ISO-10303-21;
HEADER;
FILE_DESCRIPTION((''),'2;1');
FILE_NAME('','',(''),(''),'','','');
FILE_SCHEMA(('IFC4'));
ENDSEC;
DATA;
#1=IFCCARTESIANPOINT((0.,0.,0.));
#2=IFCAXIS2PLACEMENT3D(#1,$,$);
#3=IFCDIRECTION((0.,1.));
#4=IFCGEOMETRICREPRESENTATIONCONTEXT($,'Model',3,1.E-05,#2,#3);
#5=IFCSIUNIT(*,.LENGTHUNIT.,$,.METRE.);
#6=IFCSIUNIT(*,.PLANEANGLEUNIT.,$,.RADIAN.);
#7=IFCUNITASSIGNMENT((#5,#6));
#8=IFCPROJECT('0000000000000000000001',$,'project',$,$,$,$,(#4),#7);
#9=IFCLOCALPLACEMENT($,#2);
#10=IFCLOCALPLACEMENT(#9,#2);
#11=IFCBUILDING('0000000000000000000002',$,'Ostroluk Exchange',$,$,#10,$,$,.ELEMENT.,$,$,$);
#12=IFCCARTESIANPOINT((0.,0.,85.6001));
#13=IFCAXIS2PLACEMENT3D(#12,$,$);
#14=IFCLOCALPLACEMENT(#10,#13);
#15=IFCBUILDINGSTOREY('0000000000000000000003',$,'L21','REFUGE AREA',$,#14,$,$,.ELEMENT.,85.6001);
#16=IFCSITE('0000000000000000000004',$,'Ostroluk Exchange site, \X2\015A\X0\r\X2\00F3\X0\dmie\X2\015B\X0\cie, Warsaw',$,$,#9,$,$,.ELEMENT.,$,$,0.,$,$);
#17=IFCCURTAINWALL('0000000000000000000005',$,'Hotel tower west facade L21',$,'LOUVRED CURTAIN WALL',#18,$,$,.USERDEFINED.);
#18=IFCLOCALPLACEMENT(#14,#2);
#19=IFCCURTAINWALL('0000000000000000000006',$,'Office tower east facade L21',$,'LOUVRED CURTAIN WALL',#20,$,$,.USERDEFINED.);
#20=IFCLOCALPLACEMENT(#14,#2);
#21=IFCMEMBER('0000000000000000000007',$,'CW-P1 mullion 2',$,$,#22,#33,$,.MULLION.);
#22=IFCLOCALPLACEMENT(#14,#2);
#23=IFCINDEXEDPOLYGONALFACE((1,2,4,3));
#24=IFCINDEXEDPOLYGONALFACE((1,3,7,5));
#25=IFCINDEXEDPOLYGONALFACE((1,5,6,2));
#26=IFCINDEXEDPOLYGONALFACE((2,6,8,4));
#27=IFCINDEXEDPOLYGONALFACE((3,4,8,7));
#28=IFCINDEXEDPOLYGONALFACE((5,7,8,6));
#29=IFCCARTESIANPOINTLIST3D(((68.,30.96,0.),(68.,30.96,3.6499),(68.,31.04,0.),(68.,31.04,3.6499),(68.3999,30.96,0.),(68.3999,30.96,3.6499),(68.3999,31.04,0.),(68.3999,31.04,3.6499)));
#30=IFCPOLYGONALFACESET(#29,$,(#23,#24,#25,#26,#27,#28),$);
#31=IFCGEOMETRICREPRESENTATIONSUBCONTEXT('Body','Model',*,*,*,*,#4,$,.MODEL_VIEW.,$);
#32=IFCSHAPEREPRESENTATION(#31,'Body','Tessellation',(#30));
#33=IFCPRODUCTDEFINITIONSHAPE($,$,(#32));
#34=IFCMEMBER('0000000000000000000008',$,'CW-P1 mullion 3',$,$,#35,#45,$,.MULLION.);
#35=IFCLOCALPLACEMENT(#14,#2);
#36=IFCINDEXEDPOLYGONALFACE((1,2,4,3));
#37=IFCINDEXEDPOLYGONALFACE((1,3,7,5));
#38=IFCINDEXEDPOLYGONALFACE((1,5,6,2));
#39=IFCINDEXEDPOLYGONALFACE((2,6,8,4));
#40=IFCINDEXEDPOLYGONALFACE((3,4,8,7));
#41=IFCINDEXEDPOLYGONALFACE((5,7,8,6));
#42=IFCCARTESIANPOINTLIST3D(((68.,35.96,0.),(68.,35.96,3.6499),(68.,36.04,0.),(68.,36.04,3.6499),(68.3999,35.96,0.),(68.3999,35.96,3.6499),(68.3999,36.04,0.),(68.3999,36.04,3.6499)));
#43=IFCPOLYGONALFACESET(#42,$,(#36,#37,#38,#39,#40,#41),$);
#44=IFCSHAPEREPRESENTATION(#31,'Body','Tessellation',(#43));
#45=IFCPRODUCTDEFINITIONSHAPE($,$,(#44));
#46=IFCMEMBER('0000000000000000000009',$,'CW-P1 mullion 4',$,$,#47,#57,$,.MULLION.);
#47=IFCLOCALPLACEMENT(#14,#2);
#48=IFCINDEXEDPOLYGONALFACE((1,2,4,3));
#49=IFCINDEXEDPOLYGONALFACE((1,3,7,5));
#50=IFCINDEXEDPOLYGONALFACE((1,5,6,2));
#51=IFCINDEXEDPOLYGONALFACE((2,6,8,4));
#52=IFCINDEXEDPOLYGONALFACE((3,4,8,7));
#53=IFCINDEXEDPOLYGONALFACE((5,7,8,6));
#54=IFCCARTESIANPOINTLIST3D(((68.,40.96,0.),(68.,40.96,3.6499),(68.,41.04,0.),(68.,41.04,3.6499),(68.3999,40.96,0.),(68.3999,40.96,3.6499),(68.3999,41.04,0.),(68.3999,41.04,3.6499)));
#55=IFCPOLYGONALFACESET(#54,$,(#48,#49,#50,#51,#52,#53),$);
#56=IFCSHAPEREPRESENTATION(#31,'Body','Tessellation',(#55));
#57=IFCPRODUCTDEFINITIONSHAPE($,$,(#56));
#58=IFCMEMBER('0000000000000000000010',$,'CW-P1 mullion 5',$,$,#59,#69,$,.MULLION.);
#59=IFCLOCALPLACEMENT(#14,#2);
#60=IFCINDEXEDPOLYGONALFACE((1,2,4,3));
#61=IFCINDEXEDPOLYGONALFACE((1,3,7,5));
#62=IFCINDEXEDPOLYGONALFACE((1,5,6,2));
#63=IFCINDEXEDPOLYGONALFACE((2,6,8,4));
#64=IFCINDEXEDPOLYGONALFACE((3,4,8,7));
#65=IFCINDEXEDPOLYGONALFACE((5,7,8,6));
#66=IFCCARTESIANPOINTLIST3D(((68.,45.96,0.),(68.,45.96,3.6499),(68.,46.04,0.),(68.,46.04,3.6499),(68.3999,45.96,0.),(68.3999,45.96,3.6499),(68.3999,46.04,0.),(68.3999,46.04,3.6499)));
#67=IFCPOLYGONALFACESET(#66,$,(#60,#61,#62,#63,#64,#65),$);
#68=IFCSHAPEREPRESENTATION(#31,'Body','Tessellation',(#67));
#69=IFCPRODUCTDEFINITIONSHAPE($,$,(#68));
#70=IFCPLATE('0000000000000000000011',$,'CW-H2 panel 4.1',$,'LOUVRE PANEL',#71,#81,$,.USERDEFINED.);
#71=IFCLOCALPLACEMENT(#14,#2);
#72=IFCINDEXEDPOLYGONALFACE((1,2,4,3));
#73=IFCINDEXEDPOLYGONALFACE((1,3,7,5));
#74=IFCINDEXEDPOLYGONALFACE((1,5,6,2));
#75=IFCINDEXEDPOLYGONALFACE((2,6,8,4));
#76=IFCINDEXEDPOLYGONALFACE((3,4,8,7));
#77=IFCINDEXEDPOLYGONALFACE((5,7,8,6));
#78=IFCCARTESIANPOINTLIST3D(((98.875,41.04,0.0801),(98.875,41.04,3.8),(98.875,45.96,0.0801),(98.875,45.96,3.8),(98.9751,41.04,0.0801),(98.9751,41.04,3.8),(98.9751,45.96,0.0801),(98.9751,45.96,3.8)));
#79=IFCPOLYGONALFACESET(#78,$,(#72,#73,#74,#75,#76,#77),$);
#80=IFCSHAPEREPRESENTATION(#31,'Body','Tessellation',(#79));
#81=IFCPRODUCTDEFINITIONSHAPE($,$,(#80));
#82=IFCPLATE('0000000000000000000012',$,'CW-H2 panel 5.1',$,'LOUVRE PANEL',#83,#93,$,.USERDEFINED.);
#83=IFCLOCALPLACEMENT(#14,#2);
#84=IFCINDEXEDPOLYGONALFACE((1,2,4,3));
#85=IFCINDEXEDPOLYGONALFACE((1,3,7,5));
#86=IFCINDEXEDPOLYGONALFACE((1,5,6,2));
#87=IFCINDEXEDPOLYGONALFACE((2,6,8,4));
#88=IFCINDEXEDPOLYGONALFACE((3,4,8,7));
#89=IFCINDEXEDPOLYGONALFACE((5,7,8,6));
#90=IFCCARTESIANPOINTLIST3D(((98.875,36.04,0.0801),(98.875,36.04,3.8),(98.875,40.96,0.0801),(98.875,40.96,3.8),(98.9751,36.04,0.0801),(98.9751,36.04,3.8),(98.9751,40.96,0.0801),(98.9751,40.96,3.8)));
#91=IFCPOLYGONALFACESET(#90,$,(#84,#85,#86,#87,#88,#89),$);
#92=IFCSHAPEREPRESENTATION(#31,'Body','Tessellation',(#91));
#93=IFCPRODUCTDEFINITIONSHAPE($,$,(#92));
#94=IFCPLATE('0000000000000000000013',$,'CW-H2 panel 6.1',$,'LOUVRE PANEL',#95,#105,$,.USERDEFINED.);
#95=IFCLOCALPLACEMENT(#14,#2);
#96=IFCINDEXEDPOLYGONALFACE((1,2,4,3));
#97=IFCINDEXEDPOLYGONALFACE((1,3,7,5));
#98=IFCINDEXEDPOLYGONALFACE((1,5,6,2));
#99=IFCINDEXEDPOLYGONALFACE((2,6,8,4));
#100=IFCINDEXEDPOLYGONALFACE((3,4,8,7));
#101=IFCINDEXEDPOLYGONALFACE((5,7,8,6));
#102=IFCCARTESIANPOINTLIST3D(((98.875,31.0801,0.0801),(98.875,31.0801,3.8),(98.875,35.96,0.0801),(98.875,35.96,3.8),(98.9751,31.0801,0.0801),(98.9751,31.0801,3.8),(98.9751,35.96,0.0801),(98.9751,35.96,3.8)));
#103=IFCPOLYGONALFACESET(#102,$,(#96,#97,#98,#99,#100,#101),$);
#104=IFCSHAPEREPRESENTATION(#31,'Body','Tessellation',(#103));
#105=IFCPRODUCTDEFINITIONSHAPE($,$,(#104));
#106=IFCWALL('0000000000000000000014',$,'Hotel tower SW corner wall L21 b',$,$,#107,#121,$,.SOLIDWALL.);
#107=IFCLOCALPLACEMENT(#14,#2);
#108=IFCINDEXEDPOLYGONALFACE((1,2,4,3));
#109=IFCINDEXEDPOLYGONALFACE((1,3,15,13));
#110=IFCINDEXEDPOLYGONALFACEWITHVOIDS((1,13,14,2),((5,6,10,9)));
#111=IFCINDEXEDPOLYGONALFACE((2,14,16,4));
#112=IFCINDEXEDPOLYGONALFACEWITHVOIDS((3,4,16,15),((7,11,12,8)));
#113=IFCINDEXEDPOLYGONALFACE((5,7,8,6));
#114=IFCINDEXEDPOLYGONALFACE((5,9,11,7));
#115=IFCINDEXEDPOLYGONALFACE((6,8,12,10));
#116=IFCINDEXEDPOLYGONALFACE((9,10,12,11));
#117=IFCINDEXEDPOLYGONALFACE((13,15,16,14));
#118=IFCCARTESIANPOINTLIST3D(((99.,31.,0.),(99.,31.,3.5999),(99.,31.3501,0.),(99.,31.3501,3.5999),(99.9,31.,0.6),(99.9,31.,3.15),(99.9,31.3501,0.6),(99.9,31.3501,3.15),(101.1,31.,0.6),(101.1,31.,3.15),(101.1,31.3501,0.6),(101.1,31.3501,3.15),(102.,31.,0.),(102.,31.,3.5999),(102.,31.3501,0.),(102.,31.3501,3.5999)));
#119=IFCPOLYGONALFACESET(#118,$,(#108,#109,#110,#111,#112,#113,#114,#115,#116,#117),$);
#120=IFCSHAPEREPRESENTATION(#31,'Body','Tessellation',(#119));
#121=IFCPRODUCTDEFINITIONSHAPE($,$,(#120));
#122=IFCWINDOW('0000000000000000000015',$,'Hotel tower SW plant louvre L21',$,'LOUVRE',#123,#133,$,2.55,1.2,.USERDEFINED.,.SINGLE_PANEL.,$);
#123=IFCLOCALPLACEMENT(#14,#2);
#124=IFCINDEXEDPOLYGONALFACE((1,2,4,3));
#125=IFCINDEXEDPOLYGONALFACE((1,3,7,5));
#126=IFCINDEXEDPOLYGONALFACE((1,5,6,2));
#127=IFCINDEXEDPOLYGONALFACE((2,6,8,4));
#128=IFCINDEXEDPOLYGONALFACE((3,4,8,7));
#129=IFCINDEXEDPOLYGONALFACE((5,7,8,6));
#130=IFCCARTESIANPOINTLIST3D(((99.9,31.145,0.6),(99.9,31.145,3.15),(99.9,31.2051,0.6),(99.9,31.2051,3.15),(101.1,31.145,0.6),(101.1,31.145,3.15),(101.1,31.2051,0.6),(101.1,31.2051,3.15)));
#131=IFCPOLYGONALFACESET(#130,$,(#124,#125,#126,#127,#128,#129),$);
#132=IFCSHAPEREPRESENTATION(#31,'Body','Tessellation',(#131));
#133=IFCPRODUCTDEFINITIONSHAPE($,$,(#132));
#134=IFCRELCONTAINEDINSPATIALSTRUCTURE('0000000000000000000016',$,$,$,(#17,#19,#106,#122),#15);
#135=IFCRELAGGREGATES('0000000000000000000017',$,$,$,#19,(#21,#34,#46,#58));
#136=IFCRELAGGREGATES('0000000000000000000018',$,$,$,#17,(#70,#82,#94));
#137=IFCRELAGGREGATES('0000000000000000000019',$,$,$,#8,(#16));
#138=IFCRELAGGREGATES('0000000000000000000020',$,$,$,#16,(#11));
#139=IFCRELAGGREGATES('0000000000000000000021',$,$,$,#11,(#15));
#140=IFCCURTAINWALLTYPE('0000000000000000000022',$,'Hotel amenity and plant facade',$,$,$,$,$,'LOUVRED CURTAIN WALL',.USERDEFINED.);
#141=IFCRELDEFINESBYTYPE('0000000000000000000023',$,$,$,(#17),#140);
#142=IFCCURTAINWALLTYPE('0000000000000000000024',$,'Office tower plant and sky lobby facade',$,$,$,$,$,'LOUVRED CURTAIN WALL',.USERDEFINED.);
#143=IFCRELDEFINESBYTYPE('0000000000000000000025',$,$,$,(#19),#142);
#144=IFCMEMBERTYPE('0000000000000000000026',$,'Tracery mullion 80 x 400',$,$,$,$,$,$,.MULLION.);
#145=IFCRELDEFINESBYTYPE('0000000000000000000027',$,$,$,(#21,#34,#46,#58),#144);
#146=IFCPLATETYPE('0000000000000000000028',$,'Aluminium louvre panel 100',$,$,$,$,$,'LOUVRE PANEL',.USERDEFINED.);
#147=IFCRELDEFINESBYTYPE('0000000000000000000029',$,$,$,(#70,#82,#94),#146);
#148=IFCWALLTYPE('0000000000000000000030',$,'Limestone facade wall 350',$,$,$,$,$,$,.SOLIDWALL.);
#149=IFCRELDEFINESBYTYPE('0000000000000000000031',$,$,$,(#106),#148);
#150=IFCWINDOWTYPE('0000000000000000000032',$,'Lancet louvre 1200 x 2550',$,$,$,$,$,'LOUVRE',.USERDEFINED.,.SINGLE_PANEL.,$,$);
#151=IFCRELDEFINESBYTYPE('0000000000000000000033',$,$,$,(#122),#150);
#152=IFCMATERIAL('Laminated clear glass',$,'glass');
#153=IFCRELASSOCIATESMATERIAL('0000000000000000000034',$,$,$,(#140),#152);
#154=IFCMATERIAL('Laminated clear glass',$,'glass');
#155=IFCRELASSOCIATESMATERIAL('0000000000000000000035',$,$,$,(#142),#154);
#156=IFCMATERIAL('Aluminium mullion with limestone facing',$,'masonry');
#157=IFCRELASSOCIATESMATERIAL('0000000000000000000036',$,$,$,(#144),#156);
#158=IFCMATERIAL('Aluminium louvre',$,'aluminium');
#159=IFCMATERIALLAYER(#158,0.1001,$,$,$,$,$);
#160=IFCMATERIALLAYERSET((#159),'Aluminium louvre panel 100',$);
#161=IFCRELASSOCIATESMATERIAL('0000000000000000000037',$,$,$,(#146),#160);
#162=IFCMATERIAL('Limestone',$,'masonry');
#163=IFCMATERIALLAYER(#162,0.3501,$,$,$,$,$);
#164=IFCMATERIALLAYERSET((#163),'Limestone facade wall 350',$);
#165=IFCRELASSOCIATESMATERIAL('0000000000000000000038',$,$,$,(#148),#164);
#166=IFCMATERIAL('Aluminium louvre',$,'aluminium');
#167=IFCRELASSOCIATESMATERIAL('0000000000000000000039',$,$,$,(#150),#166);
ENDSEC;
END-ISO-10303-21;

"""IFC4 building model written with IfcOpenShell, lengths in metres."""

from ifc_helpers import new_model, si_unit, direction, frame, frame_2d, origin, origin_2d, place, context, subcontext, project, spatial, rectangle, extrude, material, layer, layer_set, material_profile, profile_set, type_object, element, fill, aggregate, save


model = new_model("IFC4")

# Units and contexts
model_context = context("Model", 3, precision=1e-05, world=origin(), true_north=direction((0.0, 1.0)))
body_context = subcontext(model_context, "Body", "Model", "MODEL_VIEW")
ifc_project = project(units=[si_unit("LENGTHUNIT", "METRE"), si_unit("PLANEANGLEUNIT", "RADIAN")], contexts=[model_context])

# Site, building, storey
site_placement = place(None, origin())
site = spatial("IfcSite", under=ifc_project, at=site_placement, Name="Ostroluk Exchange site, Śródmieście, Warsaw", CompositionType="ELEMENT", RefElevation=0.0)
building_placement = place(site_placement, origin())
building = spatial("IfcBuilding", under=site, at=building_placement, Name="Ostroluk Exchange", CompositionType="ELEMENT")
storey_placement = place(building_placement, frame((0.0, 0.0, 85.6001)))
storey = spatial("IfcBuildingStorey", under=building, at=storey_placement, Name="L21", Description="REFUGE AREA", CompositionType="ELEMENT", Elevation=85.6001)

# Shared definitions
ifc_material_1 = material(Name="Laminated clear glass", Category="glass")
curtain_wall_type_1 = type_object("IfcCurtainWallType", Name="Hotel amenity and plant facade", ElementType="LOUVRED CURTAIN WALL", PredefinedType="USERDEFINED", material=ifc_material_1)

# Curtain wall
curtain_wall_1_placement = place(storey_placement, origin())
curtain_wall_1 = element("IfcCurtainWall", 1, at=curtain_wall_1_placement, inside=storey, type_object=curtain_wall_type_1, Name="Hotel tower west facade L21", ObjectType="LOUVRED CURTAIN WALL", PredefinedType="USERDEFINED")

# Curtain wall, members
ifc_material_2 = material(Name="Laminated clear glass", Category="glass")
curtain_wall_type_2 = type_object("IfcCurtainWallType", Name="Office tower plant and sky lobby facade", ElementType="LOUVRED CURTAIN WALL", PredefinedType="USERDEFINED", material=ifc_material_2)
curtain_wall_2_placement = place(storey_placement, origin())
curtain_wall_2 = element("IfcCurtainWall", 2, at=curtain_wall_2_placement, inside=storey, type_object=curtain_wall_type_2, Name="Office tower east facade L21", ObjectType="LOUVRED CURTAIN WALL", PredefinedType="USERDEFINED")
ifc_material_3 = material(Name="Aluminium mullion with limestone facing", Category="masonry")
ifc_material_profile_1 = material_profile(ifc_material_3, rectangle(XDim=0.3999, YDim=0.0801, at=origin_2d()), Name="Tracery mullion 80 x 400")
ifc_profile_set_1 = profile_set([ifc_material_profile_1], Name="Aluminium mullion with limestone facing")
member_type_1 = type_object("IfcMemberType", Name="Tracery mullion 80 x 400", PredefinedType="MULLION", material=ifc_profile_set_1)
member_1_placement = place(storey_placement, frame((68.2, 31.0, 0.0), z_axis=(0.0, 0.0, 1.0), x_axis=(-1.0, 0.0, 0.0)))
member_1 = element("IfcMember", 3, at=member_1_placement, type_object=member_type_1, Name="CW-P1 mullion 2", PredefinedType="MULLION", context=body_context, shape_type="SweptSolid", body=[
    extrude(rectangle(XDim=0.3999, YDim=0.0801, at=origin_2d()), origin(), (0.0, 0.0, 1.0), 3.6499),
])
member_2_placement = place(storey_placement, frame((68.2, 36.0, 0.0), z_axis=(0.0, 0.0, 1.0), x_axis=(-1.0, 0.0, 0.0)))
member_2 = element("IfcMember", 4, at=member_2_placement, type_object=member_type_1, Name="CW-P1 mullion 3", PredefinedType="MULLION", context=body_context, shape_type="SweptSolid", body=[
    extrude(rectangle(XDim=0.3999, YDim=0.0801, at=origin_2d()), origin(), (0.0, 0.0, 1.0), 3.6499),
])
member_3_placement = place(storey_placement, frame((68.2, 41.0, 0.0), z_axis=(0.0, 0.0, 1.0), x_axis=(-1.0, 0.0, 0.0)))
member_3 = element("IfcMember", 5, at=member_3_placement, type_object=member_type_1, Name="CW-P1 mullion 4", PredefinedType="MULLION", context=body_context, shape_type="SweptSolid", body=[
    extrude(rectangle(XDim=0.3999, YDim=0.0801, at=origin_2d()), origin(), (0.0, 0.0, 1.0), 3.6499),
])
member_4_placement = place(storey_placement, frame((68.2, 46.0, 0.0), z_axis=(0.0, 0.0, 1.0), x_axis=(-1.0, 0.0, 0.0)))
member_4 = element("IfcMember", 6, at=member_4_placement, type_object=member_type_1, Name="CW-P1 mullion 5", PredefinedType="MULLION", context=body_context, shape_type="SweptSolid", body=[
    extrude(rectangle(XDim=0.3999, YDim=0.0801, at=origin_2d()), origin(), (0.0, 0.0, 1.0), 3.6499),
])
aggregate(curtain_wall_2, [member_1, member_2, member_3, member_4])

# Plates
ifc_material_4 = material(Name="Aluminium louvre", Category="aluminium")
ifc_layer_1 = layer(ifc_material_4, 0.1001)
ifc_layer_set_1 = layer_set([ifc_layer_1], Name="Aluminium louvre panel 100")
plate_type = type_object("IfcPlateType", Name="Aluminium louvre panel 100", ElementType="LOUVRE PANEL", PredefinedType="USERDEFINED", material=ifc_layer_set_1)
plate_1_placement = place(storey_placement, frame((98.925, 43.5, 0.0801), z_axis=(0.0, 0.0, 1.0), x_axis=(0.0, -1.0, 0.0)))
plate_1 = element("IfcPlate", 7, at=plate_1_placement, type_object=plate_type, Name="CW-H2 panel 4.1", ObjectType="LOUVRE PANEL", PredefinedType="USERDEFINED", context=body_context, shape_type="SweptSolid", body=[
    extrude(rectangle(XDim=4.9199, YDim=0.1001, at=origin_2d()), origin(), (0.0, 0.0, 1.0), 3.72),
])
plate_2_placement = place(storey_placement, frame((98.925, 38.5, 0.0801), z_axis=(0.0, 0.0, 1.0), x_axis=(0.0, -1.0, 0.0)))
plate_2 = element("IfcPlate", 8, at=plate_2_placement, type_object=plate_type, Name="CW-H2 panel 5.1", ObjectType="LOUVRE PANEL", PredefinedType="USERDEFINED", context=body_context, shape_type="SweptSolid", body=[
    extrude(rectangle(XDim=4.9199, YDim=0.1001, at=origin_2d()), origin(), (0.0, 0.0, 1.0), 3.72),
])
plate_3_placement = place(storey_placement, frame((98.925, 33.52, 0.0801), z_axis=(0.0, 0.0, 1.0), x_axis=(0.0, -1.0, 0.0)))
plate_3 = element("IfcPlate", 9, at=plate_3_placement, type_object=plate_type, Name="CW-H2 panel 6.1", ObjectType="LOUVRE PANEL", PredefinedType="USERDEFINED", context=body_context, shape_type="SweptSolid", body=[
    extrude(rectangle(XDim=4.8799, YDim=0.1001, at=origin_2d()), origin(), (0.0, 0.0, 1.0), 3.72),
])
aggregate(curtain_wall_1, [plate_1, plate_2, plate_3])

# Wall, opening, window
ifc_material_5 = material(Name="Limestone", Category="masonry")
ifc_layer_2 = layer(ifc_material_5, 0.3501)
ifc_layer_set_2 = layer_set([ifc_layer_2], Name="Limestone facade wall 350")
wall_type = type_object("IfcWallType", Name="Limestone facade wall 350", PredefinedType="SOLIDWALL", material=ifc_layer_set_2)
wall_placement = place(storey_placement, frame((102.0, 31.175, 0.0), z_axis=(0.0, 0.0, 1.0), x_axis=(-1.0, 0.0, 0.0)))
wall = element("IfcWall", 10, at=wall_placement, inside=storey, type_object=wall_type, Name="Hotel tower SW corner wall L21 b", PredefinedType="SOLIDWALL", context=body_context, shape_type="SweptSolid", body=[
    extrude(rectangle(XDim=3.0, YDim=0.3501, at=frame_2d((1.5, 0.0))), origin(), (0.0, 0.0, 1.0), 3.5999),
])
opening_placement = place(wall_placement, frame((0.8999, 0.0, 0.6001)))
opening = element("IfcOpeningElement", 11, at=opening_placement, cuts=wall, PredefinedType="OPENING", context=body_context, shape_type="SweptSolid", body=[
    extrude(rectangle(XDim=1.2, YDim=2.55, at=frame_2d((0.6001, 1.2749))), frame((0.0, 0.1851, 0.0), z_axis=(0.0, -1.0, 0.0), x_axis=(1.0, 0.0, 0.0)), (0.0, 0.0, 1.0), 0.3701),
])
ifc_material_6 = material(Name="Aluminium louvre", Category="aluminium")
window_type = type_object("IfcWindowType", Name="Lancet louvre 1200 x 2550", ElementType="LOUVRE", PartitioningType="SINGLE_PANEL", PredefinedType="USERDEFINED", material=ifc_material_6)
window_placement = place(opening_placement, origin())
window = element("IfcWindow", 12, at=window_placement, inside=storey, type_object=window_type, Name="Hotel tower SW plant louvre L21", ObjectType="LOUVRE", OverallHeight=2.55, OverallWidth=1.2, PartitioningType="SINGLE_PANEL", PredefinedType="USERDEFINED", context=body_context, shape_type="SweptSolid", body=[
    extrude(rectangle(XDim=1.2, YDim=2.55, at=frame_2d((0.6001, 1.2749))), frame((0.0, 0.03, 0.0), z_axis=(0.0, -1.0, 0.0), x_axis=(1.0, 0.0, 0.0)), (0.0, 0.0, 1.0), 0.0601),
])
fill(opening, window)

save(model, "model.ifc")
